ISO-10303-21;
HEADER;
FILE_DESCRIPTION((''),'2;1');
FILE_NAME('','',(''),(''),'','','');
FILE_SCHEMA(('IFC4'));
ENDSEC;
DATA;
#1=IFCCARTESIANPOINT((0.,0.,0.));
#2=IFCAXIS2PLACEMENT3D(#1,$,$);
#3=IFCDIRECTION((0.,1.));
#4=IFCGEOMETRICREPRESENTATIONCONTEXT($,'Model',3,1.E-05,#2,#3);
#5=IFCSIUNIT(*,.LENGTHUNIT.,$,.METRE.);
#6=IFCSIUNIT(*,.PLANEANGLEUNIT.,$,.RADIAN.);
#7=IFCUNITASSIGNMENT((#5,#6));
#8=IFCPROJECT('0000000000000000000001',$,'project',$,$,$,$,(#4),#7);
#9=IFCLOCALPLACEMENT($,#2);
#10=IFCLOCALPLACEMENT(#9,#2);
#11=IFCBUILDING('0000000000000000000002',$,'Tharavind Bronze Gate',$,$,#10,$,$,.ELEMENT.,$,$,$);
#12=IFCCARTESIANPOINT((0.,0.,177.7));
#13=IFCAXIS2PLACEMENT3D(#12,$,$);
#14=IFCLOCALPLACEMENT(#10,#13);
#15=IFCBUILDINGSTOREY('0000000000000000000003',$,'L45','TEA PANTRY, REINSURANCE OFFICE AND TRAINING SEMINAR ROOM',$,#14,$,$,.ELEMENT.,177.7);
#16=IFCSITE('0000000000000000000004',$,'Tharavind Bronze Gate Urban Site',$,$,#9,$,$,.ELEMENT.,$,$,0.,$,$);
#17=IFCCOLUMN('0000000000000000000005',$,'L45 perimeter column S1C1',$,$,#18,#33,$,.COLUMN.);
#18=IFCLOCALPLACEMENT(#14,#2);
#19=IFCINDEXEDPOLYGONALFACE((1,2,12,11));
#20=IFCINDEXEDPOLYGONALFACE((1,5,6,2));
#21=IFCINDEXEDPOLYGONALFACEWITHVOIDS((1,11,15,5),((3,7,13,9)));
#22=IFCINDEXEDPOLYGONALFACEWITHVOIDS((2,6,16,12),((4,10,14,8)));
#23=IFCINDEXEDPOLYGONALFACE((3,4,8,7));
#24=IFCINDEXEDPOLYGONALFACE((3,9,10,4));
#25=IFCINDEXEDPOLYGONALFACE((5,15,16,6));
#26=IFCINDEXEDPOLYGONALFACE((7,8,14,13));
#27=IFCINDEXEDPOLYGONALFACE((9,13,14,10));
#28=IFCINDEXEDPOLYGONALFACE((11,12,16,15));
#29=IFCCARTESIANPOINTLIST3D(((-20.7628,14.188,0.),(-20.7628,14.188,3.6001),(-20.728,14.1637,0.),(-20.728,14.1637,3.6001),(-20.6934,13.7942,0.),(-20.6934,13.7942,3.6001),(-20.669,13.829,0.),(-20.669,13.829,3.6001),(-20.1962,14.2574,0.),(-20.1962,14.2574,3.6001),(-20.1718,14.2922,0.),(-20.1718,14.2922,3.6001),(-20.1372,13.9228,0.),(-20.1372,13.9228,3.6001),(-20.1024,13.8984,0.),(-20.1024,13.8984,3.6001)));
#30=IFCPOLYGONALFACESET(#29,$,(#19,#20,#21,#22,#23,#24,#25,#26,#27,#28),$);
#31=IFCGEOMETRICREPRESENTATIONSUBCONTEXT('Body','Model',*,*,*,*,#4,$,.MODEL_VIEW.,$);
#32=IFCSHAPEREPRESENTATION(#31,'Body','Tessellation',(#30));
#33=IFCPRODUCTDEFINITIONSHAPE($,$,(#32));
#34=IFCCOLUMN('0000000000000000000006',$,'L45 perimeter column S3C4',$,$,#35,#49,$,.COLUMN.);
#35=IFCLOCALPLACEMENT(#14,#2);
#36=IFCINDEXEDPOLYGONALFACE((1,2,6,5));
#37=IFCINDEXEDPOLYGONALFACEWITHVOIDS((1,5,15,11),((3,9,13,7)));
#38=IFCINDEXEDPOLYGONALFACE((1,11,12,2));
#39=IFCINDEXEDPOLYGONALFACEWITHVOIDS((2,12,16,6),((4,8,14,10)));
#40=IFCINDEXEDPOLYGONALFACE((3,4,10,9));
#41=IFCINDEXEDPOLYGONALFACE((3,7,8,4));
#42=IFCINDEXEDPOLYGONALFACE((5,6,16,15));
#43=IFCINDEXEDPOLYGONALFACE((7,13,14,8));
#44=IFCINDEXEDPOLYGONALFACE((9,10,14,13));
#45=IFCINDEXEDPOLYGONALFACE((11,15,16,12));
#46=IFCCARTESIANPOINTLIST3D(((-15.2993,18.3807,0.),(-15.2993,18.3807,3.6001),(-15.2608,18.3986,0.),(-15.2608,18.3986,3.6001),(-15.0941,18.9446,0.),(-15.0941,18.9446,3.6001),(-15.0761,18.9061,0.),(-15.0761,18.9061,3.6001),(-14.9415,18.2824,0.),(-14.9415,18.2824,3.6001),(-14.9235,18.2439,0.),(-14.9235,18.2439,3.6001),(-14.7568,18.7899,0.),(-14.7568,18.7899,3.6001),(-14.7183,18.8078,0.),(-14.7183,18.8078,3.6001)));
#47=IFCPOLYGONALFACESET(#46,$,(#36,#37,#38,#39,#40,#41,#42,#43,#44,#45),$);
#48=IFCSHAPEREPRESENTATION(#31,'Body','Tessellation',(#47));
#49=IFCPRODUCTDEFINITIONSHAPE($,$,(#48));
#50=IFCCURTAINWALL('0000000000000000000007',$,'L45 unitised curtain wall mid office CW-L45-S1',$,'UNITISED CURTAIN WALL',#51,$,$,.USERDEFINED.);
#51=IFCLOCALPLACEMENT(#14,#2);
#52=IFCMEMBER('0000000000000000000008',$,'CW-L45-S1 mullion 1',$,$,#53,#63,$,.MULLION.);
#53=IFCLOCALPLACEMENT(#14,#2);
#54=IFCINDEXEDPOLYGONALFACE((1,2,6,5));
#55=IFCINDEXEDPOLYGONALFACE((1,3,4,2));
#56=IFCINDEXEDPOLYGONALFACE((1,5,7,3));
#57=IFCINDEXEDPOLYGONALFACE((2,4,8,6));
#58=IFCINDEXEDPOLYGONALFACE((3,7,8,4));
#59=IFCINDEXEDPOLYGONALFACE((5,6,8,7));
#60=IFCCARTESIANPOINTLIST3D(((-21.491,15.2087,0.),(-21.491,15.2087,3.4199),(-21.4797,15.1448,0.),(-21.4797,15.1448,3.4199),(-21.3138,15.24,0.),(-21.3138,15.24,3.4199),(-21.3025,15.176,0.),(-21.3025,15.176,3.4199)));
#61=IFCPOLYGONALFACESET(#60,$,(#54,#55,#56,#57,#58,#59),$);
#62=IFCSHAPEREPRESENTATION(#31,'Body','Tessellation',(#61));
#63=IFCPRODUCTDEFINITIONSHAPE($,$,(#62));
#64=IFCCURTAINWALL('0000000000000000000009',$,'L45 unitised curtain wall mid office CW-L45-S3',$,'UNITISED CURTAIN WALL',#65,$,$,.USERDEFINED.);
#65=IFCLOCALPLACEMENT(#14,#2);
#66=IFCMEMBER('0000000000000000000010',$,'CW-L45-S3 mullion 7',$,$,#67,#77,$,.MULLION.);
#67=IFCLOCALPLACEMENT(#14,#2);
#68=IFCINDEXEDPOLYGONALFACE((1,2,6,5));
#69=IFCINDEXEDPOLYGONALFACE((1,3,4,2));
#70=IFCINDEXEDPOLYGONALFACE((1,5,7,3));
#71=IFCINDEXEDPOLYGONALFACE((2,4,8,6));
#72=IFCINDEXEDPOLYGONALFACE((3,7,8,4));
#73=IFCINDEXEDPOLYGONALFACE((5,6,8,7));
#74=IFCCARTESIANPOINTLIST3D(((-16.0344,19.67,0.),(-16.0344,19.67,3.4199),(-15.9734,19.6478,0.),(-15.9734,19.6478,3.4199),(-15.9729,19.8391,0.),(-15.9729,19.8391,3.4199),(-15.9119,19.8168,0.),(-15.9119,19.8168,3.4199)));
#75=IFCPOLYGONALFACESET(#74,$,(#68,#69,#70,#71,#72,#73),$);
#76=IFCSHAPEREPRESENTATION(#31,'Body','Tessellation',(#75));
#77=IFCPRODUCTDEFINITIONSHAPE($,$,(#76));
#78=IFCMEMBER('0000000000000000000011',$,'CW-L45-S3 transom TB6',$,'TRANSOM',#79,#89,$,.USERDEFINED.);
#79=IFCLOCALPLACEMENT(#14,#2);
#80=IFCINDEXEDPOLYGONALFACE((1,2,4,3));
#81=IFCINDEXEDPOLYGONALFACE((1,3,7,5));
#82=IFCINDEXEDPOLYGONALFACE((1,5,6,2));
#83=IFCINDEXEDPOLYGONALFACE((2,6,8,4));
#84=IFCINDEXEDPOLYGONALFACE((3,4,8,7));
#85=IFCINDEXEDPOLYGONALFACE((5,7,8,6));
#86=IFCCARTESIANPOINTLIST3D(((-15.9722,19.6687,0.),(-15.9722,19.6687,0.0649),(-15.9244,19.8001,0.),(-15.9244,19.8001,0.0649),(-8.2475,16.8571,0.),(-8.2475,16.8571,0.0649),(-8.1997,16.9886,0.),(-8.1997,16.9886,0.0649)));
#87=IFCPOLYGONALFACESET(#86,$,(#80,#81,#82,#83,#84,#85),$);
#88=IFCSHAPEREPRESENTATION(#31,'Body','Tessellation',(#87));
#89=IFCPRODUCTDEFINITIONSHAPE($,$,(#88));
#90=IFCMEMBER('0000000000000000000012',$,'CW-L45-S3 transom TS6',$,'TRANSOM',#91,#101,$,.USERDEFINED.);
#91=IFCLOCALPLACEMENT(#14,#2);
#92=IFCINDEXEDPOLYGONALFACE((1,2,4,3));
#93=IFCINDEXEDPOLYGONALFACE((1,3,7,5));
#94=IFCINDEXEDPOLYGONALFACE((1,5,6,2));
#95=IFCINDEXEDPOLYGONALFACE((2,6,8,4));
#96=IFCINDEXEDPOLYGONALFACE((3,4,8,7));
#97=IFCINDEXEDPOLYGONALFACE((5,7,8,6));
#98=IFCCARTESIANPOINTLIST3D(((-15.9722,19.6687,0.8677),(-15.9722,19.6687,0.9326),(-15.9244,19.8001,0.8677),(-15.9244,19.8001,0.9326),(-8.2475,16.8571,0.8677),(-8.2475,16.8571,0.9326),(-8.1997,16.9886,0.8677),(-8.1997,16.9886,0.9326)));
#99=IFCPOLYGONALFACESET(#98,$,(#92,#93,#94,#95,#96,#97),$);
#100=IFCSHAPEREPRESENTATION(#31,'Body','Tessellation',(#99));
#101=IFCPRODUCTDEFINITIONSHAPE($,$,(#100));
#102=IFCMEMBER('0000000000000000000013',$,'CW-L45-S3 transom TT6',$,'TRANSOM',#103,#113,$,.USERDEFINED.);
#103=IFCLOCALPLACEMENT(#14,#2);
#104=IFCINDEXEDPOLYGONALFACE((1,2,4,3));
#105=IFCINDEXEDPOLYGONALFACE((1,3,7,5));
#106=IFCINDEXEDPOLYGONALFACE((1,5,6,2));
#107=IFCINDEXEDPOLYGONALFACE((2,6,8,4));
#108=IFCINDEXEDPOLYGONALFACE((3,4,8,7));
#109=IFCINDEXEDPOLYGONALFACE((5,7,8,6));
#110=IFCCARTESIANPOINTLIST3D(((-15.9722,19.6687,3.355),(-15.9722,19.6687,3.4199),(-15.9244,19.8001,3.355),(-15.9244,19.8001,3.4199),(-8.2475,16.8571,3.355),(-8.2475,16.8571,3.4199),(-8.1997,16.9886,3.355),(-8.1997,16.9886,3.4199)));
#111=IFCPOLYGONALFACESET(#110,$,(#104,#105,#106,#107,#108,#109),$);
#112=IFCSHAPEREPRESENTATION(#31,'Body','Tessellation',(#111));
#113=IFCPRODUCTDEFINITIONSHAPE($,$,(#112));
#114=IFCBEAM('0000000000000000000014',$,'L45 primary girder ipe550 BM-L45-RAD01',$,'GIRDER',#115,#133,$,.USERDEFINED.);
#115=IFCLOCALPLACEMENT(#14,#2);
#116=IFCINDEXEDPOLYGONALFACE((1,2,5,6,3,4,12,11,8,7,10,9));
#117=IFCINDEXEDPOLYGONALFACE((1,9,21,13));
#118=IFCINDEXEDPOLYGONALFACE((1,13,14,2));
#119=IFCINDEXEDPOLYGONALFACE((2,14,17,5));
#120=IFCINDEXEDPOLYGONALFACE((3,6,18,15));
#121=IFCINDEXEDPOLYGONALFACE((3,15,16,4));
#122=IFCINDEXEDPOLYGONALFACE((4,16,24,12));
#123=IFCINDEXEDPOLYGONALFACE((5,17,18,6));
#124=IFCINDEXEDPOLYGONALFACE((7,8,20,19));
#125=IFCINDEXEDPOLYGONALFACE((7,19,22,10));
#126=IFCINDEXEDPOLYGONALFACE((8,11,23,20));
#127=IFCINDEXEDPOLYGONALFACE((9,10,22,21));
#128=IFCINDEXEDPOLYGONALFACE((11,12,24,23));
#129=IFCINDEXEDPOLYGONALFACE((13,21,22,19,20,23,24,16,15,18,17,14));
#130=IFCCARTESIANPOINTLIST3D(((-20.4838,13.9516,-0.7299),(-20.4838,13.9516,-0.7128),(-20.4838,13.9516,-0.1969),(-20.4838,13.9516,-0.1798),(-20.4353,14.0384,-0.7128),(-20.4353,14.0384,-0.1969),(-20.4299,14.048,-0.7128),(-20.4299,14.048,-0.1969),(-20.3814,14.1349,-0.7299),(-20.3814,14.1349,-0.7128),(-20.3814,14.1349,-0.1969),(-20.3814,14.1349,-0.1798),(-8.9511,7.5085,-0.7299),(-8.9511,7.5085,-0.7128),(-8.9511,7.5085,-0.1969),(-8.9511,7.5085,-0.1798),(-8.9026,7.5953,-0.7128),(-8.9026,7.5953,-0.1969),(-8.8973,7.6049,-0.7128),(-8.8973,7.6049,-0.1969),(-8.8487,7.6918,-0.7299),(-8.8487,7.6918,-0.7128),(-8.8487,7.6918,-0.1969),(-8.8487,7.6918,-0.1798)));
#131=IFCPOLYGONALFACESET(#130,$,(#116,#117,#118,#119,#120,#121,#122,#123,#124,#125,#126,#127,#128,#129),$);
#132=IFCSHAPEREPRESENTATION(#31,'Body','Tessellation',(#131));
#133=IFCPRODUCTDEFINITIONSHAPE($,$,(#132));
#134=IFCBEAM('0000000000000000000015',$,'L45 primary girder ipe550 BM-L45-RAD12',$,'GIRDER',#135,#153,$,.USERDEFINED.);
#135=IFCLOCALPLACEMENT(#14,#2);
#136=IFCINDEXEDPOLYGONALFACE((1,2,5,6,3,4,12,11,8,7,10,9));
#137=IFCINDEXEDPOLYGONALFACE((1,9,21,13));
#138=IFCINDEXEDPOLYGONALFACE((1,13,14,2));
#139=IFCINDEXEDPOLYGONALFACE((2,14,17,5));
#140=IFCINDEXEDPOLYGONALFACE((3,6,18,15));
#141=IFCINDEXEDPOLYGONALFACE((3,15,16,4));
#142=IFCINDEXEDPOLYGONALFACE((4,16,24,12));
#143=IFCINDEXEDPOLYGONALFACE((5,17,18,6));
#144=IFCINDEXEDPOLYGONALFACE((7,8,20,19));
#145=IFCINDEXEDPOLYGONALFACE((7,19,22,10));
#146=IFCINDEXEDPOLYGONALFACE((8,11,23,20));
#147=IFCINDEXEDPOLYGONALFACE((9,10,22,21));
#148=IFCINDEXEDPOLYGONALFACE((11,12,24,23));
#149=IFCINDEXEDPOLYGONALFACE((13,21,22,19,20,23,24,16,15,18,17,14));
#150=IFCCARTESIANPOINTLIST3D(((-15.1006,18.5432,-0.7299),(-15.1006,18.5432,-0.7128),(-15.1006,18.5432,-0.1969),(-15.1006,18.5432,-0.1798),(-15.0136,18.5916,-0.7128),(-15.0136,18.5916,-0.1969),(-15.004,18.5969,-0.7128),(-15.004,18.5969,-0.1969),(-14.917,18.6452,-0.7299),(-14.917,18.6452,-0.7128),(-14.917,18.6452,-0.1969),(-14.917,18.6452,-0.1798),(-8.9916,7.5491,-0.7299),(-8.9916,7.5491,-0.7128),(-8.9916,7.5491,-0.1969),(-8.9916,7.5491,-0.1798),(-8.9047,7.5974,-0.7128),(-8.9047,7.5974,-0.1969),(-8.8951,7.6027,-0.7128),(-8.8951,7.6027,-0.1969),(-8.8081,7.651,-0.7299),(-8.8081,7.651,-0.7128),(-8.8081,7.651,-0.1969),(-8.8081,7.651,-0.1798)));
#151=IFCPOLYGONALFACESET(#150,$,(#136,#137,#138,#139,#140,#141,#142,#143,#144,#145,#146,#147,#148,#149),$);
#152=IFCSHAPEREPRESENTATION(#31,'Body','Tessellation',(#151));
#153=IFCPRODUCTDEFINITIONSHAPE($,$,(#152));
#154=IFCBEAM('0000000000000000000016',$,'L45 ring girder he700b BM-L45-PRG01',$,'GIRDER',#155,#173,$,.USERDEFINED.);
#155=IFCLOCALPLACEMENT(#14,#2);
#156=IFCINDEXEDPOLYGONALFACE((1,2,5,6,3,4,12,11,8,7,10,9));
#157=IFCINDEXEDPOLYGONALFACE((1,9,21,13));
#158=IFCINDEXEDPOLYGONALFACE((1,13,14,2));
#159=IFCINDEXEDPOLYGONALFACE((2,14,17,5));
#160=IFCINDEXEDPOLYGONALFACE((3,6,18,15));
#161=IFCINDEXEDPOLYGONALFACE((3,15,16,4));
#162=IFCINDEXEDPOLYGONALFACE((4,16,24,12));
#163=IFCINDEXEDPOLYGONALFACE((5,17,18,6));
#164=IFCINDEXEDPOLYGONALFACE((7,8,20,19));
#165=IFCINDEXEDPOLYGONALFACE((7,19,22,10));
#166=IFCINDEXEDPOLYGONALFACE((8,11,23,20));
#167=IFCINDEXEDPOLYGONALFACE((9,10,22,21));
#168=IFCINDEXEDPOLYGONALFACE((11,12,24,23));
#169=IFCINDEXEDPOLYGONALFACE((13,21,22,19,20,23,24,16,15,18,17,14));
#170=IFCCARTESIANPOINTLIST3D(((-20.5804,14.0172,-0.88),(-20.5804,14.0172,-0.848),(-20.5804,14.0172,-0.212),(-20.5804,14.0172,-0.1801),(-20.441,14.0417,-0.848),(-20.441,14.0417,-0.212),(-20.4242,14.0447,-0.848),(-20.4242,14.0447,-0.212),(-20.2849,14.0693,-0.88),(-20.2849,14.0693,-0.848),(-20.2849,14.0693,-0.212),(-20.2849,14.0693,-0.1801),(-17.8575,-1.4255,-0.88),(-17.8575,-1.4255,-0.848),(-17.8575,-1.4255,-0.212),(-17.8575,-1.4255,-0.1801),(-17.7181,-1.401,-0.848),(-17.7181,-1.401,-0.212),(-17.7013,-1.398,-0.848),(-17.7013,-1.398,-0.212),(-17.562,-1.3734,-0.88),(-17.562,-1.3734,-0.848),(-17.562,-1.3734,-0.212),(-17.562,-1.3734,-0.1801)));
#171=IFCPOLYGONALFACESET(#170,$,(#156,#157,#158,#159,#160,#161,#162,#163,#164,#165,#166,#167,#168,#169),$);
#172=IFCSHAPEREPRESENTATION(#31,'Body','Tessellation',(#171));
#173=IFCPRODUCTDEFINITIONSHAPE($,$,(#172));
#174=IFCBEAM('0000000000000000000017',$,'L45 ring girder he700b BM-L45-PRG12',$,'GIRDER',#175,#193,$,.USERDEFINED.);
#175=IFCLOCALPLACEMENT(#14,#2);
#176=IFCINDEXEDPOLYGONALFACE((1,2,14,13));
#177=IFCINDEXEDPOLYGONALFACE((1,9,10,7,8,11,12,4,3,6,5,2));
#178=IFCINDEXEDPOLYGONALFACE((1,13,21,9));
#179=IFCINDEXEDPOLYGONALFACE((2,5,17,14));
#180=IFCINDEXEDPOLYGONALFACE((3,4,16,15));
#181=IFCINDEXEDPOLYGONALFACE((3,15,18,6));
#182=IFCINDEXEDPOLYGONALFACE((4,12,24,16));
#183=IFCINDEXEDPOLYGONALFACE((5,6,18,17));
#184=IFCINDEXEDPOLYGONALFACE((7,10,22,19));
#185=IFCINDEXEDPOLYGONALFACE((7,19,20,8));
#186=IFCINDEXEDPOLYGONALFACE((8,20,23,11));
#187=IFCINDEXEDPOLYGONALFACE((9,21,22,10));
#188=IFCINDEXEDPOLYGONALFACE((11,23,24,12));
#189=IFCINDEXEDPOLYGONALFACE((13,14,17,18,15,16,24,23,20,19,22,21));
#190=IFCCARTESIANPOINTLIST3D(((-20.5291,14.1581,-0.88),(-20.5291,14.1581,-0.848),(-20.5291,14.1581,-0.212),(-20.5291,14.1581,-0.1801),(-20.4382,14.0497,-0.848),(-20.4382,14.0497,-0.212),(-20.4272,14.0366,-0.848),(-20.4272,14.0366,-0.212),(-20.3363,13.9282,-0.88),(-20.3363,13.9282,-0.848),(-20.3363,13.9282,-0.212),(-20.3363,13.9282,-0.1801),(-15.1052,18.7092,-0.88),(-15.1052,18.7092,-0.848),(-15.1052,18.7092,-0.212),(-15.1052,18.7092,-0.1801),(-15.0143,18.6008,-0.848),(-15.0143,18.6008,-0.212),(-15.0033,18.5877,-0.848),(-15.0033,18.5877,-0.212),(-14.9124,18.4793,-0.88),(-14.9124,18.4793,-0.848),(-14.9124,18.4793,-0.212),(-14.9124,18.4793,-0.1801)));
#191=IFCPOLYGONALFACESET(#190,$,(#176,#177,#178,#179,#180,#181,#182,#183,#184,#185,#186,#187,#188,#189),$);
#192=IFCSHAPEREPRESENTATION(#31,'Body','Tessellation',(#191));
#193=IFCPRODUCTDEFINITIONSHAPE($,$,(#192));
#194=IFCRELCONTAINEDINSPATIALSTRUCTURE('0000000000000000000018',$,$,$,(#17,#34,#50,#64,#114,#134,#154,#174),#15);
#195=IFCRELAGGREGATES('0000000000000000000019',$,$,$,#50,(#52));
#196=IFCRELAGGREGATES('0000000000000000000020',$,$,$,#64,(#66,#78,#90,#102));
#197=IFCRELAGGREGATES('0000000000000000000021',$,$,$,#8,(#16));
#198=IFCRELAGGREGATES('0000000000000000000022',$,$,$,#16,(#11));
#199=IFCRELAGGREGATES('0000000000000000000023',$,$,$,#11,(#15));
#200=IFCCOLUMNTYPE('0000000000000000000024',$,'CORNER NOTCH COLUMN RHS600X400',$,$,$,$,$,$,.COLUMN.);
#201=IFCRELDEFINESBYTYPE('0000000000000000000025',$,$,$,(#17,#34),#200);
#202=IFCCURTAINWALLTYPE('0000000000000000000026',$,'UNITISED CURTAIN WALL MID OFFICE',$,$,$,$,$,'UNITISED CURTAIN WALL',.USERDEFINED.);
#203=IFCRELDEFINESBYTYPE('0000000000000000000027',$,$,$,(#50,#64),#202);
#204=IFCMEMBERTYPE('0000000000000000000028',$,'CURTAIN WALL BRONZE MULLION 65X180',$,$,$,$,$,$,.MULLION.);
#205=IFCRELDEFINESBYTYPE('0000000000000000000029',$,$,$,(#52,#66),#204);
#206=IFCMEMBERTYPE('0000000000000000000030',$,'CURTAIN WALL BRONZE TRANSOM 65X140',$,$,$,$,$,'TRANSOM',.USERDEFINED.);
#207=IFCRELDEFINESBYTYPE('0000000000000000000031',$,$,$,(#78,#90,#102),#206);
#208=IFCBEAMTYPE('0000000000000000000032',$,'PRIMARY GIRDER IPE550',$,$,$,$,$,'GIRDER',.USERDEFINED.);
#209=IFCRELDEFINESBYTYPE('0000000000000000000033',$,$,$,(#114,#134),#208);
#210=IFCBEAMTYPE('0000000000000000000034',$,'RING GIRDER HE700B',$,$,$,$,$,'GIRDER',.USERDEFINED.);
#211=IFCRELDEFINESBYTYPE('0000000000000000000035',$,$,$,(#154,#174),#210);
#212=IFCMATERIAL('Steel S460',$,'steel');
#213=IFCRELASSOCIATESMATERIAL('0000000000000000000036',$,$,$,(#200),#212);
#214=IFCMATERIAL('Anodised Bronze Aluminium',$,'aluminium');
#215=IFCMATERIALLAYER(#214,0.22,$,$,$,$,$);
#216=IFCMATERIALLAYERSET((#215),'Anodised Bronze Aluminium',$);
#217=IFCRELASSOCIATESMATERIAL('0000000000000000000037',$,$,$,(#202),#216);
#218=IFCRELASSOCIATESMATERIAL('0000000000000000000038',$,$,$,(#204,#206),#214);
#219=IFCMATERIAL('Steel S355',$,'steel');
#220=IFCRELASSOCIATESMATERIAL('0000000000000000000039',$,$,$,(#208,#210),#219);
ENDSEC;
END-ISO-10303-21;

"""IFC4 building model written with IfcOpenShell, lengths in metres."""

from ifc_helpers import new_model, si_unit, direction, frame, origin, origin_2d, place, context, subcontext, project, spatial, rectangle, hollow_rectangle, i_section, extrude, material, layer, layer_set, material_profile, profile_set, type_object, element, aggregate, save


model = new_model("IFC4")

# Units and contexts
model_context = context("Model", 3, precision=1e-05, world=origin(), true_north=direction((0.0, 1.0)))
body_context = subcontext(model_context, "Body", "Model", "MODEL_VIEW")
ifc_project = project(units=[si_unit("LENGTHUNIT", "METRE"), si_unit("PLANEANGLEUNIT", "RADIAN")], contexts=[model_context])

# Site, building, storey
site_placement = place(None, origin())
site = spatial("IfcSite", under=ifc_project, at=site_placement, Name="Tharavind Bronze Gate Urban Site", CompositionType="ELEMENT", RefElevation=0.0)
building_placement = place(site_placement, origin())
building = spatial("IfcBuilding", under=site, at=building_placement, Name="Tharavind Bronze Gate", CompositionType="ELEMENT")
storey_placement = place(building_placement, frame((0.0, 0.0, 177.7)))
storey = spatial("IfcBuildingStorey", under=building, at=storey_placement, Name="L45", Description="TEA PANTRY, REINSURANCE OFFICE AND TRAINING SEMINAR ROOM", CompositionType="ELEMENT", Elevation=177.7)

# Columns
ifc_material_1 = material(Name="Steel S460", Category="steel")
ifc_material_profile_1 = material_profile(ifc_material_1, hollow_rectangle(XDim=0.3999, YDim=0.6001, WallThickness=0.03, at=origin_2d()), Name="RHS600X400X30")
ifc_profile_set_1 = profile_set([ifc_material_profile_1], Name="Steel S460")
column_type = type_object("IfcColumnType", Name="CORNER NOTCH COLUMN RHS600X400", PredefinedType="COLUMN", material=ifc_profile_set_1)
for number, where, z_axis, x_axis, name in (
    (1, (-20.4326, 14.0432, 0.0), (0.0, 0.0, 1.0), (-0.173648, 0.984808, 0.0), "L45 perimeter column S1C1"),
    (2, (-15.0088, 18.5942, 0.0), (0.0, 0.0, 1.0), (-0.939692, 0.342022, 0.0), "L45 perimeter column S3C4"),
):
    element("IfcColumn", number, at=place(storey_placement, frame(where, z_axis=z_axis, x_axis=x_axis)), inside=storey, type_object=column_type, Name=name, PredefinedType="COLUMN", context=body_context, shape_type="SweptSolid", body=[
        extrude(hollow_rectangle(XDim=0.3999, YDim=0.6001, WallThickness=0.03, at=origin_2d()), origin(), (0.0, 0.0, 1.0), 3.6001),
    ])

# Curtain wall, member
ifc_material_2 = material(Name="Anodised Bronze Aluminium", Category="aluminium")
ifc_layer_1 = layer(ifc_material_2, 0.22)
ifc_layer_set_1 = layer_set([ifc_layer_1], Name="Anodised Bronze Aluminium")
curtain_wall_type = type_object("IfcCurtainWallType", Name="UNITISED CURTAIN WALL MID OFFICE", ElementType="UNITISED CURTAIN WALL", PredefinedType="USERDEFINED", material=ifc_layer_set_1)
curtain_wall_1_placement = place(storey_placement, origin())
curtain_wall_1 = element("IfcCurtainWall", 3, at=curtain_wall_1_placement, inside=storey, type_object=curtain_wall_type, Name="L45 unitised curtain wall mid office CW-L45-S1", ObjectType="UNITISED CURTAIN WALL", PredefinedType="USERDEFINED")
member_type_1 = type_object("IfcMemberType", Name="CURTAIN WALL BRONZE MULLION 65X180", PredefinedType="MULLION", material=ifc_material_2)
member_1_placement = place(storey_placement, frame((-21.3967, 15.1924, 0.0), z_axis=(0.0, 0.0, 1.0), x_axis=(0.173648, -0.984808, 0.0)))
member_1 = element("IfcMember", 4, at=member_1_placement, type_object=member_type_1, Name="CW-L45-S1 mullion 1", PredefinedType="MULLION", context=body_context, shape_type="SweptSolid", body=[
    extrude(rectangle(XDim=0.0649, YDim=0.1799, at=origin_2d()), origin(), (0.0, 0.0, 1.0), 3.4199),
])

# Curtain wall, members
curtain_wall_2_placement = place(storey_placement, origin())
curtain_wall_2 = element("IfcCurtainWall", 5, at=curtain_wall_2_placement, inside=storey, type_object=curtain_wall_type, Name="L45 unitised curtain wall mid office CW-L45-S3", ObjectType="UNITISED CURTAIN WALL", PredefinedType="USERDEFINED")
member_2_placement = place(storey_placement, frame((-15.9731, 19.7434, 0.0), z_axis=(0.0, 0.0, 1.0), x_axis=(-0.939692, 0.342022, 0.0)))
member_2 = element("IfcMember", 6, at=member_2_placement, type_object=member_type_1, Name="CW-L45-S3 mullion 7", PredefinedType="MULLION", context=body_context, shape_type="SweptSolid", body=[
    extrude(rectangle(XDim=0.0649, YDim=0.1799, at=origin_2d()), origin(), (0.0, 0.0, 1.0), 3.4199),
])
member_type_2 = type_object("IfcMemberType", Name="CURTAIN WALL BRONZE TRANSOM 65X140", ElementType="TRANSOM", PredefinedType="USERDEFINED", material=ifc_material_2)
member_3_placement = place(storey_placement, frame((-12.0859, 18.3286, 0.0), z_axis=(0.0, 0.0, 1.0), x_axis=(-0.939692, 0.342022, 0.0)))
member_3 = element("IfcMember", 7, at=member_3_placement, type_object=member_type_2, Name="CW-L45-S3 transom TB6", ObjectType="TRANSOM", PredefinedType="USERDEFINED", context=body_context, shape_type="SweptSolid", body=[
    extrude(rectangle(XDim=8.2205, YDim=0.1399, at=origin_2d()), origin(), (0.0, 0.0, 1.0), 0.0649),
])
member_4_placement = place(storey_placement, frame((-12.0859, 18.3286, 0.8677), z_axis=(0.0, 0.0, 1.0), x_axis=(-0.939692, 0.342022, 0.0)))
member_4 = element("IfcMember", 8, at=member_4_placement, type_object=member_type_2, Name="CW-L45-S3 transom TS6", ObjectType="TRANSOM", PredefinedType="USERDEFINED", context=body_context, shape_type="SweptSolid", body=[
    extrude(rectangle(XDim=8.2205, YDim=0.1399, at=origin_2d()), origin(), (0.0, 0.0, 1.0), 0.0649),
])
member_5_placement = place(storey_placement, frame((-12.0859, 18.3286, 3.355), z_axis=(0.0, 0.0, 1.0), x_axis=(-0.939692, 0.342022, 0.0)))
member_5 = element("IfcMember", 9, at=member_5_placement, type_object=member_type_2, Name="CW-L45-S3 transom TT6", ObjectType="TRANSOM", PredefinedType="USERDEFINED", context=body_context, shape_type="SweptSolid", body=[
    extrude(rectangle(XDim=8.2205, YDim=0.1399, at=origin_2d()), origin(), (0.0, 0.0, 1.0), 0.0649),
])

# Beams
ifc_material_3 = material(Name="Steel S355", Category="steel")
ifc_material_profile_2 = material_profile(ifc_material_3, i_section(OverallWidth=0.21, OverallDepth=0.55, WebThickness=0.011, FlangeThickness=0.0171, at=origin_2d()), Name="IPE550")
ifc_profile_set_2 = profile_set([ifc_material_profile_2], Name="Steel S355")
beam_type_1 = type_object("IfcBeamType", Name="PRIMARY GIRDER IPE550", ElementType="GIRDER", PredefinedType="USERDEFINED", material=ifc_profile_set_2)
beam_1_placement = place(storey_placement, frame((-20.4326, 14.0432, -0.4548), z_axis=(0.872996, -0.487727, 0.0), x_axis=(0.487727, 0.872996, 0.0)))
element("IfcBeam", 10, at=beam_1_placement, inside=storey, type_object=beam_type_1, Name="L45 primary girder ipe550 BM-L45-RAD01", ObjectType="GIRDER", PredefinedType="USERDEFINED", context=body_context, shape_type="SweptSolid", body=[
    extrude(i_section(OverallWidth=0.21, OverallDepth=0.55, WebThickness=0.011, FlangeThickness=0.0171, at=origin_2d()), origin(), (0.0, 0.0, 1.0), 13.2104),
])
beam_2_placement = place(storey_placement, frame((-15.0088, 18.5942, -0.4548), z_axis=(0.485706, -0.874122, 0.0), x_axis=(0.874122, 0.485706, 0.0)))
element("IfcBeam", 11, at=beam_2_placement, inside=storey, type_object=beam_type_1, Name="L45 primary girder ipe550 BM-L45-RAD12", ObjectType="GIRDER", PredefinedType="USERDEFINED", context=body_context, shape_type="SweptSolid", body=[
    extrude(i_section(OverallWidth=0.21, OverallDepth=0.55, WebThickness=0.011, FlangeThickness=0.0171, at=origin_2d()), origin(), (0.0, 0.0, 1.0), 12.5774),
])
ifc_material_profile_3 = material_profile(ifc_material_3, i_section(OverallWidth=0.3, OverallDepth=0.7, WebThickness=0.0171, FlangeThickness=0.032, at=origin_2d()), Name="HE700B")
ifc_profile_set_3 = profile_set([ifc_material_profile_3], Name="Steel S355")
beam_type_2 = type_object("IfcBeamType", Name="RING GIRDER HE700B", ElementType="GIRDER", PredefinedType="USERDEFINED", material=ifc_profile_set_3)
beam_3_placement = place(storey_placement, frame((-20.4326, 14.0432, -0.53), z_axis=(0.173645, -0.984808, 0.0), x_axis=(0.984808, 0.173645, 0.0)))
element("IfcBeam", 12, at=beam_3_placement, inside=storey, type_object=beam_type_2, Name="L45 ring girder he700b BM-L45-PRG01", ObjectType="GIRDER", PredefinedType="USERDEFINED", context=body_context, shape_type="SweptSolid", body=[
    extrude(i_section(OverallWidth=0.3, OverallDepth=0.7, WebThickness=0.0171, FlangeThickness=0.032, at=origin_2d()), origin(), (0.0, 0.0, 1.0), 15.6809),
])
beam_4_placement = place(storey_placement, frame((-15.0088, 18.5942, -0.53), z_axis=(-0.766052, -0.642779, 0.0), x_axis=(0.642779, -0.766052, 0.0)))
element("IfcBeam", 13, at=beam_4_placement, inside=storey, type_object=beam_type_2, Name="L45 ring girder he700b BM-L45-PRG12", ObjectType="GIRDER", PredefinedType="USERDEFINED", context=body_context, shape_type="SweptSolid", body=[
    extrude(i_section(OverallWidth=0.3, OverallDepth=0.7, WebThickness=0.0171, FlangeThickness=0.032, at=origin_2d()), origin(), (0.0, 0.0, 1.0), 7.0803),
])

aggregate(curtain_wall_1, [member_1])
aggregate(curtain_wall_2, [member_2, member_3, member_4, member_5])

save(model, "model.ifc")
